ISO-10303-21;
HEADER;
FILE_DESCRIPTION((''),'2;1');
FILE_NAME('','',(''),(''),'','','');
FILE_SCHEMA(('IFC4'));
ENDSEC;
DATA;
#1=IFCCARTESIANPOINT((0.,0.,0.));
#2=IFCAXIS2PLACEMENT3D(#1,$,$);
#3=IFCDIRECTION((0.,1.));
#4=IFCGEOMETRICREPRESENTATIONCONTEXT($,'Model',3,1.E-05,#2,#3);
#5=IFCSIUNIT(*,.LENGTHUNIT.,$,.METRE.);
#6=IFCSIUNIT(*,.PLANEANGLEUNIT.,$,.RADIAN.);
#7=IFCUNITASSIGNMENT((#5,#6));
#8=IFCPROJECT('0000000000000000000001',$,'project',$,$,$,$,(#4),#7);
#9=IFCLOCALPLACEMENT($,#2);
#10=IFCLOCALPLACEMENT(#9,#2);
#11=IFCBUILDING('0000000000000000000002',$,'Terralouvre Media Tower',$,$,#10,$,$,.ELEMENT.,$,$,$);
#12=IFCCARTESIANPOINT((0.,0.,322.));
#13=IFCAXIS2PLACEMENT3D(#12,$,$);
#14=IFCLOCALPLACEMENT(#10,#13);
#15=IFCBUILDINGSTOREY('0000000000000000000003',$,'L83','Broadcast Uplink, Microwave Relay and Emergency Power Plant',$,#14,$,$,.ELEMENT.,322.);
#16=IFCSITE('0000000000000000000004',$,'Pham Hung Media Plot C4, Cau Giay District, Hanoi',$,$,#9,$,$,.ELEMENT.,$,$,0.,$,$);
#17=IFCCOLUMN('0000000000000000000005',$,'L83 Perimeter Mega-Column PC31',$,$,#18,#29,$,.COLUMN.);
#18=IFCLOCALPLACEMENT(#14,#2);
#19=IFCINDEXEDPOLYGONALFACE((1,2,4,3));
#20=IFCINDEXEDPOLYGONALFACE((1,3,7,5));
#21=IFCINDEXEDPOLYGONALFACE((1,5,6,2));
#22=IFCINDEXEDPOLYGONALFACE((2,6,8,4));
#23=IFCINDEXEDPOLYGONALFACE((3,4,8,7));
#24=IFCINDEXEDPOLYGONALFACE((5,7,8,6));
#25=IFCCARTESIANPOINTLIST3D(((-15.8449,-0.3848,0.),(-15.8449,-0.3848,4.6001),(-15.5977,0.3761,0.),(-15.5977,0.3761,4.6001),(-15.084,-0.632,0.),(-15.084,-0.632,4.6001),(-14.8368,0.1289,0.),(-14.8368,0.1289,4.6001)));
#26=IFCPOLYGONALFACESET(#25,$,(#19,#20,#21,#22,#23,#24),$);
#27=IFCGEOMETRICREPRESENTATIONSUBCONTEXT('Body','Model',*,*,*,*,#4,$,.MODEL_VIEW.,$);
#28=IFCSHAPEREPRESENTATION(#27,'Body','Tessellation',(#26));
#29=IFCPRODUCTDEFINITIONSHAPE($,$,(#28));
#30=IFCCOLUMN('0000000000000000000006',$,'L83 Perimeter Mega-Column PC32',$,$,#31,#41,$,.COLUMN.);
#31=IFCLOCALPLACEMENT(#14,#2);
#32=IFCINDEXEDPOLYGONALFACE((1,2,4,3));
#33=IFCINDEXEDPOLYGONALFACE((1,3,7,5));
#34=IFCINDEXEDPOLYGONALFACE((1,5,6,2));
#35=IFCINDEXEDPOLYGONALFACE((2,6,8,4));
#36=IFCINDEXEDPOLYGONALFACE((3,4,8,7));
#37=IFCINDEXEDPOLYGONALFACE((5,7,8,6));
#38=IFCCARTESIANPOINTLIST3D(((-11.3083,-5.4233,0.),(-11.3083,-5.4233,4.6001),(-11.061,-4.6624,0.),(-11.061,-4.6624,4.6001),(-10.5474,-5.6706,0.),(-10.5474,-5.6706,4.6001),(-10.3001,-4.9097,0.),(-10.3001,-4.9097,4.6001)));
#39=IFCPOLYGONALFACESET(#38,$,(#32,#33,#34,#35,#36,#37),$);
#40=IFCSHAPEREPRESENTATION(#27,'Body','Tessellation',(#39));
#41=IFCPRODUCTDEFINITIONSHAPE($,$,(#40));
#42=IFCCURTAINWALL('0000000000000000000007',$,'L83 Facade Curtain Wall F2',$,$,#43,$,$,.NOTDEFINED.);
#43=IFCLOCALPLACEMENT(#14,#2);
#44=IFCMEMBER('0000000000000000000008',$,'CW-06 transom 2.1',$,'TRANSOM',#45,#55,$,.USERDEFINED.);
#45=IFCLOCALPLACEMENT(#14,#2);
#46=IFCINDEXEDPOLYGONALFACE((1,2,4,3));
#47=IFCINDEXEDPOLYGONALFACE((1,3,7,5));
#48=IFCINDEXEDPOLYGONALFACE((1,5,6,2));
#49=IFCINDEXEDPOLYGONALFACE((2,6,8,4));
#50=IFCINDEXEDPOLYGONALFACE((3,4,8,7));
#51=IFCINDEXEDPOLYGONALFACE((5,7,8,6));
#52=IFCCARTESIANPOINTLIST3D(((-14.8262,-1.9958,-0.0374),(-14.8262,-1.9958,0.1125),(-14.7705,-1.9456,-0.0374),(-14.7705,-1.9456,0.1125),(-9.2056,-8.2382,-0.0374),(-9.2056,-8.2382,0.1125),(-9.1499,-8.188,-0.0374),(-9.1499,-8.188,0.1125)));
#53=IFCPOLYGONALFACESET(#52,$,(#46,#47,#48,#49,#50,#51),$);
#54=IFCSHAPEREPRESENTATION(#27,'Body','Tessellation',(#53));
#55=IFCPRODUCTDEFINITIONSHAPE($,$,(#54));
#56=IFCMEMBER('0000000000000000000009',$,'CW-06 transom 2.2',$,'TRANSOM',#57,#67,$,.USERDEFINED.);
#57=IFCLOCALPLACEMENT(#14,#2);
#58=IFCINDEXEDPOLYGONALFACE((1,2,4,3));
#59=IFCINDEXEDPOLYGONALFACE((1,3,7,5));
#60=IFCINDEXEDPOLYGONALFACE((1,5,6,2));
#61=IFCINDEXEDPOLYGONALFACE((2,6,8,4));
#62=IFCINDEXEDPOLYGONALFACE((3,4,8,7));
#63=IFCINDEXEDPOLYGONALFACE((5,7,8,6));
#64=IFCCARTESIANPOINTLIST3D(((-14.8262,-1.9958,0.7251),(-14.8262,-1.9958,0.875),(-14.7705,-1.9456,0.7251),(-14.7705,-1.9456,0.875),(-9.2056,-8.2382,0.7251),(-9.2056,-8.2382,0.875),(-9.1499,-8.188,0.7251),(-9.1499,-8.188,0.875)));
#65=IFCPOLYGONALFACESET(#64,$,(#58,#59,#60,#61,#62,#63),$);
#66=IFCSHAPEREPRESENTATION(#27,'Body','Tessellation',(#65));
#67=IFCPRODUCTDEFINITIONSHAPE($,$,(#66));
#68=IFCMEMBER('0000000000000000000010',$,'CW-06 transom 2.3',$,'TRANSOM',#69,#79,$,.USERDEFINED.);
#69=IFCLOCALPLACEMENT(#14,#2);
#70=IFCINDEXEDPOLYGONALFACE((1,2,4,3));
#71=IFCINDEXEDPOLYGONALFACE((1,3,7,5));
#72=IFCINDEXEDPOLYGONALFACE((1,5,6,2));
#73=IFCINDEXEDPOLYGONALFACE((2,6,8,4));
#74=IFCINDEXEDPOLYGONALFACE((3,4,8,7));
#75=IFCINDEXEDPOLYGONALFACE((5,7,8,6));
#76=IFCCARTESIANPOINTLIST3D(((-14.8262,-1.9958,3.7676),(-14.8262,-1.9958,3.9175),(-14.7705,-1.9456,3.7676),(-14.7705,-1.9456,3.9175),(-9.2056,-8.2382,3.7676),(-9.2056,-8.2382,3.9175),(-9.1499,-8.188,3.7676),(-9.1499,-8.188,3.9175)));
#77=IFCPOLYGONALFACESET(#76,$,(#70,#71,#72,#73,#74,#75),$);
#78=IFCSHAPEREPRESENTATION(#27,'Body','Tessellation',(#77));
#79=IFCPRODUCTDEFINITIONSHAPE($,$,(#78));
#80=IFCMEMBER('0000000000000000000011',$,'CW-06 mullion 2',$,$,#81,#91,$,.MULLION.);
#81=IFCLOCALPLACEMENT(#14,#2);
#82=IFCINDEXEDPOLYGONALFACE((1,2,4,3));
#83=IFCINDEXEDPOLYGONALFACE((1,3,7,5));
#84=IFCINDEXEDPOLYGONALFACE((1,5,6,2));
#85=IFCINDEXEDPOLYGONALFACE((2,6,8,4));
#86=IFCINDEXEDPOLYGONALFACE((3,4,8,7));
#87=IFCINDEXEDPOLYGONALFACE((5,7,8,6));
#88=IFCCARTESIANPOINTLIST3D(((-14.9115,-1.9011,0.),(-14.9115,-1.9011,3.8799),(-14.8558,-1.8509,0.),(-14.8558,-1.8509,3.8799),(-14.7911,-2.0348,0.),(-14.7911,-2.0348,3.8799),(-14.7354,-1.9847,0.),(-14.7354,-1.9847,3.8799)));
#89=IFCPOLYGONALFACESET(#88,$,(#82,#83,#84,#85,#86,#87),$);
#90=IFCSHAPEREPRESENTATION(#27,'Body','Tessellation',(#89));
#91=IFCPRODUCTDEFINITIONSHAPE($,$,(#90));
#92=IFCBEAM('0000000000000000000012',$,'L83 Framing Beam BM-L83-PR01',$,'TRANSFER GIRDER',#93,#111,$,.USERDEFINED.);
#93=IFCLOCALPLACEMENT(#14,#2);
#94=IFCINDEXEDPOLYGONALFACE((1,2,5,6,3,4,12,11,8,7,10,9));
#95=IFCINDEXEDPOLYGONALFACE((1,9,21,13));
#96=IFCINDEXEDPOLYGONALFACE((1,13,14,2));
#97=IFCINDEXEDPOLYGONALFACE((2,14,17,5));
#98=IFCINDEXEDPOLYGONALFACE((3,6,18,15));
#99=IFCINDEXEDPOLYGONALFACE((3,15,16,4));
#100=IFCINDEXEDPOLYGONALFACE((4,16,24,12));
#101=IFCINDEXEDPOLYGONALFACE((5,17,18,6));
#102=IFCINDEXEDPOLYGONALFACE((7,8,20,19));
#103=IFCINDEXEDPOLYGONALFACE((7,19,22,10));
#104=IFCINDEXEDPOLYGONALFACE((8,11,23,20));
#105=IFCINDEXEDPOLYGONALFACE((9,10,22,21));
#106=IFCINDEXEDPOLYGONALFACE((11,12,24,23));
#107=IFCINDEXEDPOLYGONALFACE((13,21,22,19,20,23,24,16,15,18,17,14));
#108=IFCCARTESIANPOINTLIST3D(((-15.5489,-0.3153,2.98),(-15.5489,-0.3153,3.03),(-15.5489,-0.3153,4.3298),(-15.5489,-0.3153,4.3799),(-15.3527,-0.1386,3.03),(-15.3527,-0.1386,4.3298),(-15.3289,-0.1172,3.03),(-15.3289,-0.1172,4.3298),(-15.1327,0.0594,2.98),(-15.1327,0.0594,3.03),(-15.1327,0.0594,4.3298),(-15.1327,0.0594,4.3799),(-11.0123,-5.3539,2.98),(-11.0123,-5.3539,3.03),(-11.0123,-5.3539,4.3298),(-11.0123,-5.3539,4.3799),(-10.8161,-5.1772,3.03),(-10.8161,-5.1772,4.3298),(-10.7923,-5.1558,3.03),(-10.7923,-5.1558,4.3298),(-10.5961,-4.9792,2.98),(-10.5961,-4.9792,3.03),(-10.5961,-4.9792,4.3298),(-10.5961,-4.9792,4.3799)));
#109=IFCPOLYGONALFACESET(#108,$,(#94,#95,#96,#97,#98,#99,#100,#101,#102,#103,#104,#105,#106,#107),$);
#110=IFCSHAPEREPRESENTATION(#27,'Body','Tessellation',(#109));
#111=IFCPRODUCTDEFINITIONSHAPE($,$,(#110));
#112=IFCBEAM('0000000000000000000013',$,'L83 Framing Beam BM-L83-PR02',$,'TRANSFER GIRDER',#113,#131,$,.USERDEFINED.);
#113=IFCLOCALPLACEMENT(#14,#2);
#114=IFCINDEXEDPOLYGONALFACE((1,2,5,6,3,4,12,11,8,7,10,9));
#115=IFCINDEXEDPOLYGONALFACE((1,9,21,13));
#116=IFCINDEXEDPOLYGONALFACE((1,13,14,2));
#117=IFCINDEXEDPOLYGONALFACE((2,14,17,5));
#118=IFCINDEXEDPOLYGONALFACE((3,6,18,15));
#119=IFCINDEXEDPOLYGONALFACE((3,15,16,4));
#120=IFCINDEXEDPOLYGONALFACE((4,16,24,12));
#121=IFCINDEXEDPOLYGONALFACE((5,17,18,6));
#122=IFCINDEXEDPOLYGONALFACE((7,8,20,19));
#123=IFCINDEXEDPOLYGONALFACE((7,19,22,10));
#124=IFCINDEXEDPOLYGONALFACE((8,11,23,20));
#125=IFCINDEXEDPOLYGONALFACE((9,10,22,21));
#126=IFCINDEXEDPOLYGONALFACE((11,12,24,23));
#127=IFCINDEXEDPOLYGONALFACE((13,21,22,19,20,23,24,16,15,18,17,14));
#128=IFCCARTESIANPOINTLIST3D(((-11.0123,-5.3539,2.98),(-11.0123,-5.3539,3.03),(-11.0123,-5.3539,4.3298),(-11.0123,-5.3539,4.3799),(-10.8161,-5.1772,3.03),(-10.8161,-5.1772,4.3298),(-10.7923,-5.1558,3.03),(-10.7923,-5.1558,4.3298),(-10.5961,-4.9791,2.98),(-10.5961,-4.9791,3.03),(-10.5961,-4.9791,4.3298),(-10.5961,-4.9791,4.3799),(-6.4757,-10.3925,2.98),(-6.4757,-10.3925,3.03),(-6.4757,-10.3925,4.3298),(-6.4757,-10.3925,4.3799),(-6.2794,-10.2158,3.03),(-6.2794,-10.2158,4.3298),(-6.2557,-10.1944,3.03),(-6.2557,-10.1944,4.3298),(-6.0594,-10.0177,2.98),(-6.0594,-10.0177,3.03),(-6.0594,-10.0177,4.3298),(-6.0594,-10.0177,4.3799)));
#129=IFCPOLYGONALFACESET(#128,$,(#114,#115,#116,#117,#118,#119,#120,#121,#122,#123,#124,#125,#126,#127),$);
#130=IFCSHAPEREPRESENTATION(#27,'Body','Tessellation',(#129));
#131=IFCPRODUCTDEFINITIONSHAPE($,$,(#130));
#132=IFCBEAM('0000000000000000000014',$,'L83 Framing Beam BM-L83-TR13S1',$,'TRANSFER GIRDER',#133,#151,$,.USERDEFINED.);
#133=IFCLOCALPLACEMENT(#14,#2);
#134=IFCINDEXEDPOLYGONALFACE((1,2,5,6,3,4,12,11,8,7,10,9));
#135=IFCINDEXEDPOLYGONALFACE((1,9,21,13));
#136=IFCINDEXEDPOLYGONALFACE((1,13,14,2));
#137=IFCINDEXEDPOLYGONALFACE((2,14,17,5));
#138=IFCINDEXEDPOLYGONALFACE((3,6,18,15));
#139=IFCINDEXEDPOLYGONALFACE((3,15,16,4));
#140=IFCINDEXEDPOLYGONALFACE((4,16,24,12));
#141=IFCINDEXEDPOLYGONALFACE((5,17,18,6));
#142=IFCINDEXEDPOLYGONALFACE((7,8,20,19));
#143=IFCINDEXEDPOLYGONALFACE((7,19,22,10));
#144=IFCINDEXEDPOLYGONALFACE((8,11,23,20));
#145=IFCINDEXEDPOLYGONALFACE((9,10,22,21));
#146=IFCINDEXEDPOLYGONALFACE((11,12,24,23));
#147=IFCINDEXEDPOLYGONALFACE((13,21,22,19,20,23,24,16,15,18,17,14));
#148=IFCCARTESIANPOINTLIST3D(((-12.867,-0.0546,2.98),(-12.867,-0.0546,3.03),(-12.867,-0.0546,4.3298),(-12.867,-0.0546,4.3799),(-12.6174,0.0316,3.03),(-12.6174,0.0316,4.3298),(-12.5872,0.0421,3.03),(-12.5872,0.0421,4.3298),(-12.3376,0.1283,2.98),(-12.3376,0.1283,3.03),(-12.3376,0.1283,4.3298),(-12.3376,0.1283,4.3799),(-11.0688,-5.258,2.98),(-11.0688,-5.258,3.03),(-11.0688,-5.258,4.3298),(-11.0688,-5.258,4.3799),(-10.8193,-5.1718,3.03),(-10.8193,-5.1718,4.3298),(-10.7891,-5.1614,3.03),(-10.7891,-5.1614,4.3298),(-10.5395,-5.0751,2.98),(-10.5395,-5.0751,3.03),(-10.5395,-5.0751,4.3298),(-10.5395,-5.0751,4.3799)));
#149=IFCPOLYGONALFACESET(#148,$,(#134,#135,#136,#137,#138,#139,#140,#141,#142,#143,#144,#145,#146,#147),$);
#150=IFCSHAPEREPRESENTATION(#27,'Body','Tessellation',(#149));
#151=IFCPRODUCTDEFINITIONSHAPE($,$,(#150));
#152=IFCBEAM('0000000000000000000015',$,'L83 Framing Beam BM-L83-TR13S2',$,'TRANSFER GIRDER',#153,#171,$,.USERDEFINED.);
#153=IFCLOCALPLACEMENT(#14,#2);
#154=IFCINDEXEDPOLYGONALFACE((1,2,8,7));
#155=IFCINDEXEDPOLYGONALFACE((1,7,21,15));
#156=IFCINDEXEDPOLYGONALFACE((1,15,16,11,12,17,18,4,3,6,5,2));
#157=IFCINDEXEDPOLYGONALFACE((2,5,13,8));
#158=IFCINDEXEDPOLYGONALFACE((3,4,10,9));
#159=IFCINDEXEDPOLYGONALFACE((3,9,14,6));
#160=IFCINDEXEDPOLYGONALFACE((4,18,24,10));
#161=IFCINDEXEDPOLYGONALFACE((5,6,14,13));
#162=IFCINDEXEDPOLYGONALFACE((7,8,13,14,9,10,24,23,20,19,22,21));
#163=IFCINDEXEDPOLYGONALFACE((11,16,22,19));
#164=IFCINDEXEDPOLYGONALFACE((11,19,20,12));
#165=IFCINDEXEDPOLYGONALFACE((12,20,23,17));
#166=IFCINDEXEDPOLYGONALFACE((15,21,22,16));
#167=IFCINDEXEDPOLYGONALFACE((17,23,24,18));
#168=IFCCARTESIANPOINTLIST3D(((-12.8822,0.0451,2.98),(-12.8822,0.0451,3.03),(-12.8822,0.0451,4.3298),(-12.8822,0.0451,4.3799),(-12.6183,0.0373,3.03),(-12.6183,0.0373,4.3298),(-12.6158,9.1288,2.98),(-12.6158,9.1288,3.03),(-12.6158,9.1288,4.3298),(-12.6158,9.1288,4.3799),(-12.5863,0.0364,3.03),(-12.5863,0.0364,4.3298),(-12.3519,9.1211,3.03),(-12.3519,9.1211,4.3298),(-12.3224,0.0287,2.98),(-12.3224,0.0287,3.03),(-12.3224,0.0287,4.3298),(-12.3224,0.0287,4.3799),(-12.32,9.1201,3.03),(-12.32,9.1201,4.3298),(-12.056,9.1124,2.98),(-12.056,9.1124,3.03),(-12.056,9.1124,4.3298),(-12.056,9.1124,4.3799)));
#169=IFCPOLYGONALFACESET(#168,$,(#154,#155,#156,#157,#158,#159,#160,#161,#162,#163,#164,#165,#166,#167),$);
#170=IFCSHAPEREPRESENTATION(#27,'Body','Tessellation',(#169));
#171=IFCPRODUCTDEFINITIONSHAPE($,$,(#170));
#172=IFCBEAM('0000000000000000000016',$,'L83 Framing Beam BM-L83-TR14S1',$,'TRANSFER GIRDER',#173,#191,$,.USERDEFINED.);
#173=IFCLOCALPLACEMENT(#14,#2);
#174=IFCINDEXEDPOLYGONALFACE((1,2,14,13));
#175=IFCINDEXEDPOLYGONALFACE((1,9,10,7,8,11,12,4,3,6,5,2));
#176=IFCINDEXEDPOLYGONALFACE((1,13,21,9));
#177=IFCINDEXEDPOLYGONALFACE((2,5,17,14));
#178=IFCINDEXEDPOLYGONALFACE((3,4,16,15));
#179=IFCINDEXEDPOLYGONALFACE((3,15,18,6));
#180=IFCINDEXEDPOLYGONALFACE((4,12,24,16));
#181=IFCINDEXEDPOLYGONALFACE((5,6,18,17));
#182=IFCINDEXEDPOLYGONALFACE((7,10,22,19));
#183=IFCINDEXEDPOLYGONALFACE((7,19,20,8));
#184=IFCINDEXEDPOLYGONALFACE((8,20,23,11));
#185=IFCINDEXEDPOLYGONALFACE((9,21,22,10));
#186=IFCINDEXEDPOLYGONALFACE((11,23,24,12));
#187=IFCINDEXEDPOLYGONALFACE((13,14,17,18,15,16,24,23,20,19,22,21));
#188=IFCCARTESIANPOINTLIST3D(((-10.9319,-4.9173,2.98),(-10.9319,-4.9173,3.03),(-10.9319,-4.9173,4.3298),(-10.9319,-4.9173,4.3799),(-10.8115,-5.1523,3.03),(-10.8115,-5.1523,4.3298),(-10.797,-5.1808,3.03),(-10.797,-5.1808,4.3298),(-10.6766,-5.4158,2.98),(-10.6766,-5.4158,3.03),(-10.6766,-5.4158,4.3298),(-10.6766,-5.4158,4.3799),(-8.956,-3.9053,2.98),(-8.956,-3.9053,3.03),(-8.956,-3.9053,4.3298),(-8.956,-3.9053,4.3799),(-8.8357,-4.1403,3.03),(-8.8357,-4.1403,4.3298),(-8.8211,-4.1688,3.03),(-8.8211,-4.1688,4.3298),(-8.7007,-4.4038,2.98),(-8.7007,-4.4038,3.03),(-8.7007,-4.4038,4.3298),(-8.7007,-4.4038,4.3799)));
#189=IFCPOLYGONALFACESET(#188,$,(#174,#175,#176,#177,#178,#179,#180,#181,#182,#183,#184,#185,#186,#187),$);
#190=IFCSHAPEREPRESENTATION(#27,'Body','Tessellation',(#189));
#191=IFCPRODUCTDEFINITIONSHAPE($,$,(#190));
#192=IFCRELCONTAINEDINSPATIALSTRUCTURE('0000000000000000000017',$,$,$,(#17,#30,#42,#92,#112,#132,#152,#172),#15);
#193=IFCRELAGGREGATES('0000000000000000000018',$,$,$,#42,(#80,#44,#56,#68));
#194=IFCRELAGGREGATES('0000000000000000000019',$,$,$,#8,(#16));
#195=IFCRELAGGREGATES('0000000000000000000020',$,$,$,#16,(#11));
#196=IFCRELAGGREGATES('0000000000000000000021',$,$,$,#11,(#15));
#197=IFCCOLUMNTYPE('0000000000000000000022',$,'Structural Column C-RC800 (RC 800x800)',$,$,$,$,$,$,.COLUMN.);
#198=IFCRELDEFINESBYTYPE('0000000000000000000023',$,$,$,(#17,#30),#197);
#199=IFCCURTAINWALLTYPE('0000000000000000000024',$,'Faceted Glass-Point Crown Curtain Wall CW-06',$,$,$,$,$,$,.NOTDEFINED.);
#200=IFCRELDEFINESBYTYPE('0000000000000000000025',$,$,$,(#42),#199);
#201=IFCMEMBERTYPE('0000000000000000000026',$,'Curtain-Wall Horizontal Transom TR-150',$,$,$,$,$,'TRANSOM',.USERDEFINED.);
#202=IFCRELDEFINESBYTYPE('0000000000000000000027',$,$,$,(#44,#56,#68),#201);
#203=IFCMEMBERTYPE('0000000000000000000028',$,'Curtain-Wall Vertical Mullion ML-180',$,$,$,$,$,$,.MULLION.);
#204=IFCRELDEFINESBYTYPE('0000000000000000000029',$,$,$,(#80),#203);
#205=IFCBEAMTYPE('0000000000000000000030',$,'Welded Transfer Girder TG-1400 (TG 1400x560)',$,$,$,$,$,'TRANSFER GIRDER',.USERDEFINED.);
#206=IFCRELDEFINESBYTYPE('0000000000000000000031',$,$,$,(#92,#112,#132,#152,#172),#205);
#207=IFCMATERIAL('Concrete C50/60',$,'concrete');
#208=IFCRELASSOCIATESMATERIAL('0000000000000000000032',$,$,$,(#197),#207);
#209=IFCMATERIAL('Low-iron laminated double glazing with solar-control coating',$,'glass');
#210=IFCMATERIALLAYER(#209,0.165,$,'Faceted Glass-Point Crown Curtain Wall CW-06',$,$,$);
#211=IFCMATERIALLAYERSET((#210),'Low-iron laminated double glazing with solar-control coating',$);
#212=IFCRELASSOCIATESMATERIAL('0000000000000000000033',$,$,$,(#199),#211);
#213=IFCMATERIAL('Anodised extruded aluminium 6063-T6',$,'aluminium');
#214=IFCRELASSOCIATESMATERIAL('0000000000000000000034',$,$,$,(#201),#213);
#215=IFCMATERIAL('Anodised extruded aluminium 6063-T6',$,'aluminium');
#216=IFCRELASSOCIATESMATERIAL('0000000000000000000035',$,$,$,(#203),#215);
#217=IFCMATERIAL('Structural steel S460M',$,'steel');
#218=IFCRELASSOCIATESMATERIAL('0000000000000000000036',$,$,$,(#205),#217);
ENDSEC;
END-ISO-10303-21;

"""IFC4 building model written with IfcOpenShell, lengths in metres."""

from ifc_helpers import new_model, si_unit, direction, frame, origin, origin_2d, place, context, subcontext, project, spatial, rectangle, i_section, extrude, material, layer, layer_set, material_profile, profile_set, type_object, element, aggregate, save


model = new_model("IFC4")

# Units and contexts
model_context = context("Model", 3, precision=1e-05, world=origin(), true_north=direction((0.0, 1.0)))
body_context = subcontext(model_context, "Body", "Model", "MODEL_VIEW")
ifc_project = project(units=[si_unit("LENGTHUNIT", "METRE"), si_unit("PLANEANGLEUNIT", "RADIAN")], contexts=[model_context])

# Site, building, storey
site_placement = place(None, origin())
site = spatial("IfcSite", under=ifc_project, at=site_placement, Name="Pham Hung Media Plot C4, Cau Giay District, Hanoi", CompositionType="ELEMENT", RefElevation=0.0)
building_placement = place(site_placement, origin())
building = spatial("IfcBuilding", under=site, at=building_placement, Name="Terralouvre Media Tower", CompositionType="ELEMENT")
storey_placement = place(building_placement, frame((0.0, 0.0, 322.0)))
storey = spatial("IfcBuildingStorey", under=building, at=storey_placement, Name="L83", Description="Broadcast Uplink, Microwave Relay and Emergency Power Plant", CompositionType="ELEMENT", Elevation=322.0)

# Columns
ifc_material_1 = material(Name="Concrete C50/60", Category="concrete")
ifc_material_profile_1 = material_profile(ifc_material_1, rectangle(XDim=0.8, YDim=0.8, at=origin_2d()), Name="RC 800x800")
ifc_profile_set_1 = profile_set([ifc_material_profile_1], Name="Concrete C50/60")
column_type = type_object("IfcColumnType", Name="Structural Column C-RC800 (RC 800x800)", PredefinedType="COLUMN", material=ifc_profile_set_1)
for number, where, z_axis, x_axis, name in (
    (1, (-15.3408, -0.1279, 0.0), (0.0, 0.0, 1.0), (0.309017, 0.951057, 0.0), "L83 Perimeter Mega-Column PC31"),
    (2, (-10.8042, -5.1665, 0.0), (0.0, 0.0, 1.0), (0.309017, 0.951057, 0.0), "L83 Perimeter Mega-Column PC32"),
):
    element("IfcColumn", number, at=place(storey_placement, frame(where, z_axis=z_axis, x_axis=x_axis)), inside=storey, type_object=column_type, Name=name, PredefinedType="COLUMN", context=body_context, shape_type="SweptSolid", body=[
        extrude(rectangle(XDim=0.8, YDim=0.8, at=origin_2d()), origin(), (0.0, 0.0, 1.0), 4.6001),
    ])

# Curtain wall, members
ifc_material_2 = material(Name="Low-iron laminated double glazing with solar-control coating", Category="glass")
ifc_layer_1 = layer(ifc_material_2, 0.165, Name="Faceted Glass-Point Crown Curtain Wall CW-06")
ifc_layer_set_1 = layer_set([ifc_layer_1], Name="Low-iron laminated double glazing with solar-control coating")
curtain_wall_type = type_object("IfcCurtainWallType", Name="Faceted Glass-Point Crown Curtain Wall CW-06", PredefinedType="NOTDEFINED", material=ifc_layer_set_1)
curtain_wall_placement = place(storey_placement, origin())
curtain_wall = element("IfcCurtainWall", 3, at=curtain_wall_placement, inside=storey, type_object=curtain_wall_type, Name="L83 Facade Curtain Wall F2", PredefinedType="NOTDEFINED")
ifc_material_3 = material(Name="Anodised extruded aluminium 6063-T6", Category="aluminium")
ifc_material_profile_2 = material_profile(ifc_material_3, rectangle(XDim=0.075, YDim=0.1499, at=origin_2d()), Name="ALU 75x150")
ifc_profile_set_2 = profile_set([ifc_material_profile_2], Name="Anodised extruded aluminium 6063-T6")
member_type_1 = type_object("IfcMemberType", Name="Curtain-Wall Horizontal Transom TR-150", ElementType="TRANSOM", PredefinedType="USERDEFINED", material=ifc_profile_set_2)
member_1_placement = place(storey_placement, frame((-14.7983, -1.9707, 0.0376), z_axis=(0.669124, -0.743151, 0.0), x_axis=(0.743151, 0.669124, 0.0)))
member_1 = element("IfcMember", 4, at=member_1_placement, type_object=member_type_1, Name="CW-06 transom 2.1", ObjectType="TRANSOM", PredefinedType="USERDEFINED", context=body_context, shape_type="SweptSolid", body=[
    extrude(rectangle(XDim=0.075, YDim=0.1499, at=origin_2d()), origin(), (0.0, 0.0, 1.0), 8.3999),
])
member_2_placement = place(storey_placement, frame((-14.7983, -1.9707, 0.8), z_axis=(0.669124, -0.743151, 0.0), x_axis=(0.743151, 0.669124, 0.0)))
member_2 = element("IfcMember", 5, at=member_2_placement, type_object=member_type_1, Name="CW-06 transom 2.2", ObjectType="TRANSOM", PredefinedType="USERDEFINED", context=body_context, shape_type="SweptSolid", body=[
    extrude(rectangle(XDim=0.075, YDim=0.1499, at=origin_2d()), origin(), (0.0, 0.0, 1.0), 8.3999),
])
member_3_placement = place(storey_placement, frame((-14.7983, -1.9707, 3.8425), z_axis=(0.669124, -0.743151, 0.0), x_axis=(0.743151, 0.669124, 0.0)))
member_3 = element("IfcMember", 6, at=member_3_placement, type_object=member_type_1, Name="CW-06 transom 2.3", ObjectType="TRANSOM", PredefinedType="USERDEFINED", context=body_context, shape_type="SweptSolid", body=[
    extrude(rectangle(XDim=0.075, YDim=0.1499, at=origin_2d()), origin(), (0.0, 0.0, 1.0), 8.3999),
])
ifc_material_4 = material(Name="Anodised extruded aluminium 6063-T6", Category="aluminium")
ifc_material_profile_3 = material_profile(ifc_material_4, rectangle(XDim=0.075, YDim=0.1799, at=origin_2d()), Name="ALU 75x180")
ifc_profile_set_3 = profile_set([ifc_material_profile_3], Name="Anodised extruded aluminium 6063-T6")
member_type_2 = type_object("IfcMemberType", Name="Curtain-Wall Vertical Mullion ML-180", PredefinedType="MULLION", material=ifc_profile_set_3)
member_4_placement = place(storey_placement, frame((-14.8235, -1.9429, 0.0), z_axis=(0.0, 0.0, 1.0), x_axis=(0.743145, 0.669131, 0.0)))
member_4 = element("IfcMember", 7, at=member_4_placement, type_object=member_type_2, Name="CW-06 mullion 2", PredefinedType="MULLION", context=body_context, shape_type="SweptSolid", body=[
    extrude(rectangle(XDim=0.075, YDim=0.1799, at=origin_2d()), origin(), (0.0, 0.0, 1.0), 3.8799),
])

# Beams
ifc_material_5 = material(Name="Structural steel S460M", Category="steel")
ifc_material_profile_4 = material_profile(ifc_material_5, i_section(OverallWidth=0.5601, OverallDepth=1.3999, WebThickness=0.032, FlangeThickness=0.05, at=origin_2d()), Name="TG 1400x560")
ifc_profile_set_4 = profile_set([ifc_material_profile_4], Name="Structural steel S460M")
beam_type = type_object("IfcBeamType", Name="Welded Transfer Girder TG-1400 (TG 1400x560)", ElementType="TRANSFER GIRDER", PredefinedType="USERDEFINED", material=ifc_profile_set_4)
for number, where, z_axis, x_axis, name in (
    (8, (-15.3408, -0.1279, 3.6799), (0.66912, -0.743154, 0.0), (0.743154, 0.66912, 0.0), "L83 Framing Beam BM-L83-PR01"),
    (9, (-10.8042, -5.1665, 3.6799), (0.66912, -0.743154, 0.0), (0.743154, 0.66912, 0.0), "L83 Framing Beam BM-L83-PR02"),
):
    element("IfcBeam", number, at=place(storey_placement, frame(where, z_axis=z_axis, x_axis=x_axis)), inside=storey, type_object=beam_type, Name=name, ObjectType="TRANSFER GIRDER", PredefinedType="USERDEFINED", context=body_context, shape_type="SweptSolid", body=[
        extrude(i_section(OverallWidth=0.5601, OverallDepth=1.3999, WebThickness=0.032, FlangeThickness=0.05, at=origin_2d()), origin(), (0.0, 0.0, 1.0), 6.78),
    ])
beam_1_placement = place(storey_placement, frame((-12.6023, 0.0369, 3.6799), z_axis=(0.326612, -0.945158, 0.0), x_axis=(0.945158, 0.326612, 0.0)))
element("IfcBeam", 10, at=beam_1_placement, inside=storey, type_object=beam_type, Name="L83 Framing Beam BM-L83-TR13S1", ObjectType="TRANSFER GIRDER", PredefinedType="USERDEFINED", context=body_context, shape_type="SweptSolid", body=[
    extrude(i_section(OverallWidth=0.5601, OverallDepth=1.3999, WebThickness=0.032, FlangeThickness=0.05, at=origin_2d()), origin(), (0.0, 0.0, 1.0), 5.5054),
])
beam_2_placement = place(storey_placement, frame((-12.6023, 0.0369, 3.6799), z_axis=(0.02931, 0.99957, 0.0), x_axis=(-0.99957, 0.02931, 0.0)))
element("IfcBeam", 11, at=beam_2_placement, inside=storey, type_object=beam_type, Name="L83 Framing Beam BM-L83-TR13S2", ObjectType="TRANSFER GIRDER", PredefinedType="USERDEFINED", context=body_context, shape_type="SweptSolid", body=[
    extrude(i_section(OverallWidth=0.5601, OverallDepth=1.3999, WebThickness=0.032, FlangeThickness=0.05, at=origin_2d()), origin(), (0.0, 0.0, 1.0), 9.0876),
])
beam_3_placement = place(storey_placement, frame((-8.8284, -4.1545, 3.6799), z_axis=(-0.890052, -0.455859, 0.0), x_axis=(0.455859, -0.890052, 0.0)))
element("IfcBeam", 12, at=beam_3_placement, inside=storey, type_object=beam_type, Name="L83 Framing Beam BM-L83-TR14S1", ObjectType="TRANSFER GIRDER", PredefinedType="USERDEFINED", context=body_context, shape_type="SweptSolid", body=[
    extrude(i_section(OverallWidth=0.5601, OverallDepth=1.3999, WebThickness=0.032, FlangeThickness=0.05, at=origin_2d()), origin(), (0.0, 0.0, 1.0), 2.22),
])

aggregate(curtain_wall, [member_4, member_1, member_2, member_3])

save(model, "model.ifc")
